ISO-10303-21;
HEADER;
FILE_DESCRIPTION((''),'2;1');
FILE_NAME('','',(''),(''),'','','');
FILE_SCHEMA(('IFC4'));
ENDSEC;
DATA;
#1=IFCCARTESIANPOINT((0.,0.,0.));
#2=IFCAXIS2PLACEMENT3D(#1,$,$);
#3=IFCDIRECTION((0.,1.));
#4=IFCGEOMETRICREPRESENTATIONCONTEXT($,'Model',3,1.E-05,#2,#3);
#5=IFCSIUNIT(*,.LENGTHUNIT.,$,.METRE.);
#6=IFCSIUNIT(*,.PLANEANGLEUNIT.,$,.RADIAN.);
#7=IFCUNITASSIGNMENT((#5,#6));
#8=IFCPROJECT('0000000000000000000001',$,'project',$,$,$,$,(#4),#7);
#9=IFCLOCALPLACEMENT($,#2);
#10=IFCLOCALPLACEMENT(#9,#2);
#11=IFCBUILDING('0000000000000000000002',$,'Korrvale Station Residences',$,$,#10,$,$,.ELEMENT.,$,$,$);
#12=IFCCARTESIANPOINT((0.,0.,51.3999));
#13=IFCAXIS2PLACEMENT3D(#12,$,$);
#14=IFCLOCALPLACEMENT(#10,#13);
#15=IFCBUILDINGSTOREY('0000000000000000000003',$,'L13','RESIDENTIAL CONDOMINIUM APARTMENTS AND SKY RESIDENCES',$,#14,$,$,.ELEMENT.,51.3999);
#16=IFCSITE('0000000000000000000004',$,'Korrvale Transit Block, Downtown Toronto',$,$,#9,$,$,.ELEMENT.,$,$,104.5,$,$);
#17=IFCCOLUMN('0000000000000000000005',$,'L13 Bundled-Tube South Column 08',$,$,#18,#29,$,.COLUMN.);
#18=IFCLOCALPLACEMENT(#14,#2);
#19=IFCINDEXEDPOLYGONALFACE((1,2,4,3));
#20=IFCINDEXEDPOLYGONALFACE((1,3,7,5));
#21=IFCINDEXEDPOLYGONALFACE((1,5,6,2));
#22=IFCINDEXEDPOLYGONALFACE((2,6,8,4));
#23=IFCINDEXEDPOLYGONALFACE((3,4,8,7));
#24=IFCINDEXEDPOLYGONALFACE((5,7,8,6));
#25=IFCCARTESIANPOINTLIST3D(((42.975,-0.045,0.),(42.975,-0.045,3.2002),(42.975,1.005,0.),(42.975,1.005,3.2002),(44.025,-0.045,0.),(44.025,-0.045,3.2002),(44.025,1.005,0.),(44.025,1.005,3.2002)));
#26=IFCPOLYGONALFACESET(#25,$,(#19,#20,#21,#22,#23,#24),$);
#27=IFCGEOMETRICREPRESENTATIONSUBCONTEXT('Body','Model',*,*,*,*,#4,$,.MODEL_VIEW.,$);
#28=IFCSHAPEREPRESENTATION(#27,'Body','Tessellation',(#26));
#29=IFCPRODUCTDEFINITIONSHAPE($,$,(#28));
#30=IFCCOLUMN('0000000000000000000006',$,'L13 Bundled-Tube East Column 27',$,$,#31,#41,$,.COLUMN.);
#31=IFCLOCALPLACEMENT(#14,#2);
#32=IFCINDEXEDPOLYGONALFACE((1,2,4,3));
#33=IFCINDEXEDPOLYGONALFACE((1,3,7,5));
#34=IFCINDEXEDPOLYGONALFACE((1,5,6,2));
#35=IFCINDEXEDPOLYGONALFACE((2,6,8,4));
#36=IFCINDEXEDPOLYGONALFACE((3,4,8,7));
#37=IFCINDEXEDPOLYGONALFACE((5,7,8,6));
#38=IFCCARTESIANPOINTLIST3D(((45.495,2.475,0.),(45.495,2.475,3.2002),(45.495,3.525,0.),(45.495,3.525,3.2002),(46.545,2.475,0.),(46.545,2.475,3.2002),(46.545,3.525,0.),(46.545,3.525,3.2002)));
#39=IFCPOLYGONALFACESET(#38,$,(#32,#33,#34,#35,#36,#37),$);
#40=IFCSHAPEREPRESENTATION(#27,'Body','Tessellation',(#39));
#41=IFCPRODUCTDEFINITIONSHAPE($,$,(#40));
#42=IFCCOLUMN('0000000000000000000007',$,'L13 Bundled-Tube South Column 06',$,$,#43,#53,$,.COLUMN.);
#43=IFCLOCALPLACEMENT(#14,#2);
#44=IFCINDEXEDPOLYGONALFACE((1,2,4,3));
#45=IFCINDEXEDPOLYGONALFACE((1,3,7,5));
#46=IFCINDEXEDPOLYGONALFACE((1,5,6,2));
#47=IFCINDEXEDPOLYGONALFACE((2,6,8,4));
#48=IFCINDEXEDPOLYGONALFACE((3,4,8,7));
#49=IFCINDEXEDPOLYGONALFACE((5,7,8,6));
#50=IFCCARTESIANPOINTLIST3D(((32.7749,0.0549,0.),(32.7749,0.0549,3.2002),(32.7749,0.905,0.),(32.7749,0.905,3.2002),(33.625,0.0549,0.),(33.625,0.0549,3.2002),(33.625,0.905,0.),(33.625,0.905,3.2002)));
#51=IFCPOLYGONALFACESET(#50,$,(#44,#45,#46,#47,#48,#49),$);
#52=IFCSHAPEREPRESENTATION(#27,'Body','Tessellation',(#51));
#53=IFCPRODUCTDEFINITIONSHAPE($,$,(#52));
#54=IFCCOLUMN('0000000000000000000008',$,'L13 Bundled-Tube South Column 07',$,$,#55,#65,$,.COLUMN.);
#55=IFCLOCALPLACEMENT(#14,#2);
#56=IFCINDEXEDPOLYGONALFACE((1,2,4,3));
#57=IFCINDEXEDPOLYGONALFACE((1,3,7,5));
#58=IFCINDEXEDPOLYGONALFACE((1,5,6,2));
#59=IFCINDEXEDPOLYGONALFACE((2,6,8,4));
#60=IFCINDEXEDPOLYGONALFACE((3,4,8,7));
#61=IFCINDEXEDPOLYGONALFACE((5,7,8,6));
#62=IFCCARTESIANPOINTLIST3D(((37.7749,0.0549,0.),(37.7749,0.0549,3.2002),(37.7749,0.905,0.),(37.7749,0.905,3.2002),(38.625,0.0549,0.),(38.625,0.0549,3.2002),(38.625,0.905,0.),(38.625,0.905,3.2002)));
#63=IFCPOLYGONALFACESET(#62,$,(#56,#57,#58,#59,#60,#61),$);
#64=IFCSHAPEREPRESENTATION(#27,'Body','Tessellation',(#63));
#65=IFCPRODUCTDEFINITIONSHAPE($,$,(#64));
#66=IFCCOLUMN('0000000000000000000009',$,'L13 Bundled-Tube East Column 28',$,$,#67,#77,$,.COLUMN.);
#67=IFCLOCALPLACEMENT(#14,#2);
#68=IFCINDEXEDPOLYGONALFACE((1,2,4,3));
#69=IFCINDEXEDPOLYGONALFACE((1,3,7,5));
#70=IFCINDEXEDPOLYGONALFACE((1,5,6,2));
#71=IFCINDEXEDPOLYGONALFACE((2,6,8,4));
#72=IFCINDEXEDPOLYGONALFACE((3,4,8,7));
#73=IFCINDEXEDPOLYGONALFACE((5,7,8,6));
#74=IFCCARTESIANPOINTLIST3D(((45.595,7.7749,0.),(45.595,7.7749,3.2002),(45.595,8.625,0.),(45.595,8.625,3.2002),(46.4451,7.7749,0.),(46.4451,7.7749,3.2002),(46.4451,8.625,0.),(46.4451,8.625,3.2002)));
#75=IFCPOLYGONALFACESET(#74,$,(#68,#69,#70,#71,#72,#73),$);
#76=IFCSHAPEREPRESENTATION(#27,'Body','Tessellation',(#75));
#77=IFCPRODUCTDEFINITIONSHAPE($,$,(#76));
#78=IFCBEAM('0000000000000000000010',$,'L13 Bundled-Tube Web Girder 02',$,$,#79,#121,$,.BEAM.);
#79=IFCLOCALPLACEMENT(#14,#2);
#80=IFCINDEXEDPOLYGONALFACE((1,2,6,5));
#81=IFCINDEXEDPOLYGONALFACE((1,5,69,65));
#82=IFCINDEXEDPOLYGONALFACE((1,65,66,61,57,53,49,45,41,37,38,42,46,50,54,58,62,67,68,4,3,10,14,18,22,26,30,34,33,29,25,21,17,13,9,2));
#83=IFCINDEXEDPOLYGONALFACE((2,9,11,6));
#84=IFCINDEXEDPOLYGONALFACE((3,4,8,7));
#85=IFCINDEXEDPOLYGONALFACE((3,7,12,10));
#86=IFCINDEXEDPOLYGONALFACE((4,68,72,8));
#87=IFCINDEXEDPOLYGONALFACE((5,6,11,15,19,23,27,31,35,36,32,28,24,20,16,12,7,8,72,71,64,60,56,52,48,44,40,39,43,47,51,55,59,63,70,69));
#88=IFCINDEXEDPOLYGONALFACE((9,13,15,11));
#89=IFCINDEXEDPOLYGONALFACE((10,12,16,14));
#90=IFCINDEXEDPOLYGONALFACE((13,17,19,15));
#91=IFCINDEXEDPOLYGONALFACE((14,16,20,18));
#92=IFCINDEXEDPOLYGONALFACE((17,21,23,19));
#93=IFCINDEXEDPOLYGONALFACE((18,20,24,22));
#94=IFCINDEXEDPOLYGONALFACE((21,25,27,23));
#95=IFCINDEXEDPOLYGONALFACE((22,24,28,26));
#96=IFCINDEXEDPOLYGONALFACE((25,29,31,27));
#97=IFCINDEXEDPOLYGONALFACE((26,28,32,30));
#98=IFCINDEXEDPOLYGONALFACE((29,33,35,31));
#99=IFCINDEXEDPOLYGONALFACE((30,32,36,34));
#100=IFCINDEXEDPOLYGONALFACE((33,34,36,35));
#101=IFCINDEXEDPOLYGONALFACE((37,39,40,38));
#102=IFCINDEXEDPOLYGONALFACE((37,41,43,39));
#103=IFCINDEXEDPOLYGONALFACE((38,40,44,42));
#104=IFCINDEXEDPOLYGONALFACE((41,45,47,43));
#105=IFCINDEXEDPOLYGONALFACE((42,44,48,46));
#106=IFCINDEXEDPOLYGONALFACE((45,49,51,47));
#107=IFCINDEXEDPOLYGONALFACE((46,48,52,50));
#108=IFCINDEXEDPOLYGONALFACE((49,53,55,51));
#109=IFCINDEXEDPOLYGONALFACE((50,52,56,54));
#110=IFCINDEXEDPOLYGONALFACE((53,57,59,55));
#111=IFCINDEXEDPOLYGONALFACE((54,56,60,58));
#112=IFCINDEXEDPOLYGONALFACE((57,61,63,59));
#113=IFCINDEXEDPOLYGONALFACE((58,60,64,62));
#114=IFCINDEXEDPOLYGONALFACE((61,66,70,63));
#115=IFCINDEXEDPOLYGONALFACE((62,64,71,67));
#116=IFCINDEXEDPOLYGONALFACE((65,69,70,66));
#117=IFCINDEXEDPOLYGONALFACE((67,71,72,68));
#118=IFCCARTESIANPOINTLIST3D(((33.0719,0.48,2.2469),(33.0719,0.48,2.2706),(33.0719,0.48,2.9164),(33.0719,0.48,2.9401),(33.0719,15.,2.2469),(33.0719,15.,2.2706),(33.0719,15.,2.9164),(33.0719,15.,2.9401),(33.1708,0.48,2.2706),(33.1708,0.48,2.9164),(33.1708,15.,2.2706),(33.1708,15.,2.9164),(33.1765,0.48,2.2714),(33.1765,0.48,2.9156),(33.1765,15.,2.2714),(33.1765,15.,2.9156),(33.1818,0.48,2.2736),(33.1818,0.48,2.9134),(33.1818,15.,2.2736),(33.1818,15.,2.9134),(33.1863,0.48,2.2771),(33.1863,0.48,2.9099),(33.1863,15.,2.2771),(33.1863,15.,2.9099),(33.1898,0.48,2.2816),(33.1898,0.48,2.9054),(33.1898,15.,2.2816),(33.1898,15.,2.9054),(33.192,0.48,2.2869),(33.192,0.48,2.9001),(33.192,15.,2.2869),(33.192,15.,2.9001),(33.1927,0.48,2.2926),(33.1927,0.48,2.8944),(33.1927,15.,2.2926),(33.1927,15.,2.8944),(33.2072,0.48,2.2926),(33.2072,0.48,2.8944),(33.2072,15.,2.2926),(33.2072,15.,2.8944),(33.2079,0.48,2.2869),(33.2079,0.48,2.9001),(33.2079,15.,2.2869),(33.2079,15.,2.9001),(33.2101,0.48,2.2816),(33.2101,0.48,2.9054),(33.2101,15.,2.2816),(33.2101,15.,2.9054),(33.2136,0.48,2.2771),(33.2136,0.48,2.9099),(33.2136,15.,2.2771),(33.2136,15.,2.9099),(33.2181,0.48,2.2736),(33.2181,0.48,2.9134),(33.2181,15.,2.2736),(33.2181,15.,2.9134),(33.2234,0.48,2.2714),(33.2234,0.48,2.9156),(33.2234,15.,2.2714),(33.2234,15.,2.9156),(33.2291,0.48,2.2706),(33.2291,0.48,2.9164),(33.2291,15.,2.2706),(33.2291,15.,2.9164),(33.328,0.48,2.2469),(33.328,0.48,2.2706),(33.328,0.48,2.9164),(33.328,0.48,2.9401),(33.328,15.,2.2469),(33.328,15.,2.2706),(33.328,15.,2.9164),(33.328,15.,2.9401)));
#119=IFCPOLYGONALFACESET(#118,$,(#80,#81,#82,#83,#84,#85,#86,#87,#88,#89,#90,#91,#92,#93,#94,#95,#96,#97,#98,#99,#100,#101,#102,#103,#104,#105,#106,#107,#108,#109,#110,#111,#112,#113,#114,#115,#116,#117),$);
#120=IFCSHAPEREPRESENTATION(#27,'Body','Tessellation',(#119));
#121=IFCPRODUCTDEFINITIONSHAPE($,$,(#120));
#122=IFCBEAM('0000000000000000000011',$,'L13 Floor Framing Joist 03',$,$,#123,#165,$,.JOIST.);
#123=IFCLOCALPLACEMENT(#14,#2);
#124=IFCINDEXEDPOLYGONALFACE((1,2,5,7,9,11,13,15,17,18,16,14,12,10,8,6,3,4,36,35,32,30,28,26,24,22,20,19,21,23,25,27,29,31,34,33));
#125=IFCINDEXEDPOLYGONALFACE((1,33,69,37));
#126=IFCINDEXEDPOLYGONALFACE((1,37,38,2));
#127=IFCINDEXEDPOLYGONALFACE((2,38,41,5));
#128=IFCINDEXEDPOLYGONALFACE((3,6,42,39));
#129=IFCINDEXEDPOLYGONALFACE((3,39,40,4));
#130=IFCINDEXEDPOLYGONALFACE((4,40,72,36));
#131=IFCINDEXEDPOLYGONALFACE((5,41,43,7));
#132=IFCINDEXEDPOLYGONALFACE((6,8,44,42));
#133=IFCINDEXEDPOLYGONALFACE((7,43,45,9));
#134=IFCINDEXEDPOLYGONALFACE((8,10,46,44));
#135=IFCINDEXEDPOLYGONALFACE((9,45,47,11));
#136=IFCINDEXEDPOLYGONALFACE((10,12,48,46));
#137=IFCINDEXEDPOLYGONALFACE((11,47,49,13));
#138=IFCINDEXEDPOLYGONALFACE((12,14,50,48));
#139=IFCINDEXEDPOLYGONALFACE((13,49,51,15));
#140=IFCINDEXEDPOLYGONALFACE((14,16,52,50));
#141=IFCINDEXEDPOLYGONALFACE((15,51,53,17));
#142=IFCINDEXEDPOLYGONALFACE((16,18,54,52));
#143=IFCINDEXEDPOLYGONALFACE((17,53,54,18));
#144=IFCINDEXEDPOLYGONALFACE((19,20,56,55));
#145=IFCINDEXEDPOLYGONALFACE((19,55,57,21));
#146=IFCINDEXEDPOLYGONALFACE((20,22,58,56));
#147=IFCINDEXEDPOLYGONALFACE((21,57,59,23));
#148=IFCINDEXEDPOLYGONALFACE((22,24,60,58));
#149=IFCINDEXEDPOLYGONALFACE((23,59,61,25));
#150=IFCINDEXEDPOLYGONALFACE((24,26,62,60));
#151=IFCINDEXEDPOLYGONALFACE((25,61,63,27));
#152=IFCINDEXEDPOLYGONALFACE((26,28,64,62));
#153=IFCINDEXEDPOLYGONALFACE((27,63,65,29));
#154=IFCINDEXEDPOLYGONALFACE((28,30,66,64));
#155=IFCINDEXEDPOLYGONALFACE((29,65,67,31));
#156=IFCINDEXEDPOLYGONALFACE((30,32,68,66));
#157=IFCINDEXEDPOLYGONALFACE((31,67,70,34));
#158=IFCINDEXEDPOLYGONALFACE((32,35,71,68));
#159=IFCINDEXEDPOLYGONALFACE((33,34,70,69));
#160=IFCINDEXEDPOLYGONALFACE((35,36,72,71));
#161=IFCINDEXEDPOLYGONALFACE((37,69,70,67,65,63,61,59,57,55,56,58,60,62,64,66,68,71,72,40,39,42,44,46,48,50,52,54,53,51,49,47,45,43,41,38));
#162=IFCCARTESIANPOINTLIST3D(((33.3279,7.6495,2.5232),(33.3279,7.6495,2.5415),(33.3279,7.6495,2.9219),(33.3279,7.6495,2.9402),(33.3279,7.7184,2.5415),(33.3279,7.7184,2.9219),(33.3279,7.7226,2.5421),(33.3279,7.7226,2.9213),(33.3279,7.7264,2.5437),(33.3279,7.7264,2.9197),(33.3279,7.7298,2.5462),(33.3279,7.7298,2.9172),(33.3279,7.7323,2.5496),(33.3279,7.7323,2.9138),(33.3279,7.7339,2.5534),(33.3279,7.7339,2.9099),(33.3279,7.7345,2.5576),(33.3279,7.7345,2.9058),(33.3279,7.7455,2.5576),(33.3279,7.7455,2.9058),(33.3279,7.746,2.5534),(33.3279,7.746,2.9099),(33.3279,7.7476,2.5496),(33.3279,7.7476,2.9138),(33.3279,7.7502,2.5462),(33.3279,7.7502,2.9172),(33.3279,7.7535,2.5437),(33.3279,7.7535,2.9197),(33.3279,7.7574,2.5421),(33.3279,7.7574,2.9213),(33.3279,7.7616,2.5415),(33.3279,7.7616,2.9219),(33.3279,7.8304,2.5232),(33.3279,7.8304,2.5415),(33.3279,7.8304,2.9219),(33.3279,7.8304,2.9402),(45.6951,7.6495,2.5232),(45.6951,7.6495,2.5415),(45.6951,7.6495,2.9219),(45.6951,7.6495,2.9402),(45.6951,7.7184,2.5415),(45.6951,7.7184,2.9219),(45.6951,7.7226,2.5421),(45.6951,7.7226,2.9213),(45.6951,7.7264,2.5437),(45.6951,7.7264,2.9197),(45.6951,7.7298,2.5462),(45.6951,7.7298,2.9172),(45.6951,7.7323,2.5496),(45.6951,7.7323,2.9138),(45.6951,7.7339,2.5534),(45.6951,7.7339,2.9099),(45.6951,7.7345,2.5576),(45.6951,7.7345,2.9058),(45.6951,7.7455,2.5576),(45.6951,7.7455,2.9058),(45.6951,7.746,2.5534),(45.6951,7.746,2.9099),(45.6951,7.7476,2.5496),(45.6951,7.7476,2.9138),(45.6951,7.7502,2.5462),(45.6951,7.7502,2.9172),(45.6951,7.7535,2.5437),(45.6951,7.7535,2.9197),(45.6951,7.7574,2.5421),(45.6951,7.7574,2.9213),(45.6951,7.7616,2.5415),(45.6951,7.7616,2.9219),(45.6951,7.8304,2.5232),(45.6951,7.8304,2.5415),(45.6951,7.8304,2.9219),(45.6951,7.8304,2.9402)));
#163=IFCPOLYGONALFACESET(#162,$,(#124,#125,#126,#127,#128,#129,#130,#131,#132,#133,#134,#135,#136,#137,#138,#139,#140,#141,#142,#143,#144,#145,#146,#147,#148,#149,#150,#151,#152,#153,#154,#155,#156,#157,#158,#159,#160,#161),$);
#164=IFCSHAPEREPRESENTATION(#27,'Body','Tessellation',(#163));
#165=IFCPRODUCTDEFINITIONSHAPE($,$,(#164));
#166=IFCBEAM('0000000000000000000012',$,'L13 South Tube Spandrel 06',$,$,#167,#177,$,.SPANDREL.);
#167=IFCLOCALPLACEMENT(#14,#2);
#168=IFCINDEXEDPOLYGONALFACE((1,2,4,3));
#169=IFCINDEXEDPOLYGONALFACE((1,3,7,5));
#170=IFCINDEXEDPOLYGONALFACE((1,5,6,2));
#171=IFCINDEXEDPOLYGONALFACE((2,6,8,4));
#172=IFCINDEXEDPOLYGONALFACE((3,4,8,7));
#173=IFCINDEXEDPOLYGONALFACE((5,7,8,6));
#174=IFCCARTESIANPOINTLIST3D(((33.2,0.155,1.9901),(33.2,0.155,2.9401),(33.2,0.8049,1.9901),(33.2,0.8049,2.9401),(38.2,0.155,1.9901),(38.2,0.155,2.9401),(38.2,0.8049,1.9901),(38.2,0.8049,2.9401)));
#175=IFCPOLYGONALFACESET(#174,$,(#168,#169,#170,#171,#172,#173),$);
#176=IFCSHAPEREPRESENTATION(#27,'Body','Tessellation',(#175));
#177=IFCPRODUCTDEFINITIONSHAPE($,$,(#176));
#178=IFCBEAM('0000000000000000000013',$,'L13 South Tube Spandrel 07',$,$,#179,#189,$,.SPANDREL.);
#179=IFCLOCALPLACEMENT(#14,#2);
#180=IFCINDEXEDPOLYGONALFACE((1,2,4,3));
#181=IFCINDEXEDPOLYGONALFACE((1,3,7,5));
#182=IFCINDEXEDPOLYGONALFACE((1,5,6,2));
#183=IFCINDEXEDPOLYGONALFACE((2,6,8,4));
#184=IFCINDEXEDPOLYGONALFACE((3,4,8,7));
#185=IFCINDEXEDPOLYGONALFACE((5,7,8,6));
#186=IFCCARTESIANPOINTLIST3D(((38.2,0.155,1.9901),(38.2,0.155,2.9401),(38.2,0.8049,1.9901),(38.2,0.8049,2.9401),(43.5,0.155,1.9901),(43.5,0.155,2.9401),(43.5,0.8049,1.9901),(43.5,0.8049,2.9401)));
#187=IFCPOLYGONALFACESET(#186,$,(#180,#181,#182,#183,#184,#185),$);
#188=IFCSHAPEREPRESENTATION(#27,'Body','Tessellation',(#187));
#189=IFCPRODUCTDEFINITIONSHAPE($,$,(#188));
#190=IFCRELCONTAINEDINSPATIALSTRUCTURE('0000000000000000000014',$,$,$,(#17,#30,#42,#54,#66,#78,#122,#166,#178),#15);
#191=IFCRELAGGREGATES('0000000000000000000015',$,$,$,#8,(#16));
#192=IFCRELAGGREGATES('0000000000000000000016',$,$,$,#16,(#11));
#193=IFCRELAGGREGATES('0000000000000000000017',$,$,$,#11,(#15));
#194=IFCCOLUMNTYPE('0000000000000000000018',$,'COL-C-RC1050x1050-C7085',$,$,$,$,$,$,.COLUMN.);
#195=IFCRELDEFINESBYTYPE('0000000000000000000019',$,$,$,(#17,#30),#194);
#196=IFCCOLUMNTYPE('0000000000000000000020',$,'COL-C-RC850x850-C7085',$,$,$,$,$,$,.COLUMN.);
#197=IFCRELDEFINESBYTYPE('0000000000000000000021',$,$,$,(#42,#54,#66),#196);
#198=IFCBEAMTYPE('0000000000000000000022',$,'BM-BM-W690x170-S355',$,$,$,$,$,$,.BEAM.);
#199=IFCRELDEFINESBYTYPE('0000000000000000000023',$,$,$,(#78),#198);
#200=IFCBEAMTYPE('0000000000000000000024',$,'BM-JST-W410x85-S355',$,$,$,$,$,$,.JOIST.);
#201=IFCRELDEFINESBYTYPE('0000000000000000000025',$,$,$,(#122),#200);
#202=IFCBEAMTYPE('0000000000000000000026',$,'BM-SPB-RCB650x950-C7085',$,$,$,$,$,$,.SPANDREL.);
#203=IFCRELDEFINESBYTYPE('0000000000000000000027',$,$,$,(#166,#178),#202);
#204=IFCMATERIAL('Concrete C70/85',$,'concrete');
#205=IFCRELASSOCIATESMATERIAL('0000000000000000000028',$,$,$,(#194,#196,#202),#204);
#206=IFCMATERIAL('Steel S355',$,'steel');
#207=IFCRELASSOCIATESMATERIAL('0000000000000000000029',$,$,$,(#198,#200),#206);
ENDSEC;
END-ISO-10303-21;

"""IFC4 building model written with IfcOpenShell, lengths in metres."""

from ifc_helpers import new_model, si_unit, direction, frame, origin, origin_2d, place, context, subcontext, project, spatial, rectangle, i_section, extrude, material, material_profile, profile_set, type_object, element, save


model = new_model("IFC4")

# Units and contexts
model_context = context("Model", 3, precision=1e-05, world=origin(), true_north=direction((0.0, 1.0)))
body_context = subcontext(model_context, "Body", "Model", "MODEL_VIEW")
ifc_project = project(units=[si_unit("LENGTHUNIT", "METRE"), si_unit("PLANEANGLEUNIT", "RADIAN")], contexts=[model_context])

# Site, building, storey
site_placement = place(None, origin())
site = spatial("IfcSite", under=ifc_project, at=site_placement, Name="Korrvale Transit Block, Downtown Toronto", CompositionType="ELEMENT", RefElevation=104.5)
building_placement = place(site_placement, origin())
building = spatial("IfcBuilding", under=site, at=building_placement, Name="Korrvale Station Residences", CompositionType="ELEMENT")
storey_placement = place(building_placement, frame((0.0, 0.0, 51.3999)))
storey = spatial("IfcBuildingStorey", under=building, at=storey_placement, Name="L13", Description="RESIDENTIAL CONDOMINIUM APARTMENTS AND SKY RESIDENCES", CompositionType="ELEMENT", Elevation=51.3999)

# Columns
ifc_material_1 = material(Name="Concrete C70/85", Category="concrete")
ifc_material_profile_1 = material_profile(ifc_material_1, rectangle(XDim=1.05, YDim=1.05, at=origin_2d()), Name="RC1050x1050")
ifc_profile_set_1 = profile_set([ifc_material_profile_1], Name="Concrete C70/85")
column_type_1 = type_object("IfcColumnType", Name="COL-C-RC1050x1050-C7085", PredefinedType="COLUMN", material=ifc_profile_set_1)
for number, where, z_axis, x_axis, name in (
    (1, (43.5, 0.48, 0.0), (0.0, 0.0, 1.0), (1.0, 0.0, 0.0), "L13 Bundled-Tube South Column 08"),
    (2, (46.02, 3.0, 0.0), (0.0, 0.0, 1.0), (1.0, 0.0, 0.0), "L13 Bundled-Tube East Column 27"),
):
    element("IfcColumn", number, at=place(storey_placement, frame(where, z_axis=z_axis, x_axis=x_axis)), inside=storey, type_object=column_type_1, Name=name, PredefinedType="COLUMN", context=body_context, shape_type="SweptSolid", body=[
        extrude(rectangle(XDim=1.05, YDim=1.05, at=origin_2d()), origin(), (0.0, 0.0, 1.0), 3.2002),
    ])
ifc_material_profile_2 = material_profile(ifc_material_1, rectangle(XDim=0.8501, YDim=0.8501, at=origin_2d()), Name="RC850x850")
ifc_profile_set_2 = profile_set([ifc_material_profile_2], Name="Concrete C70/85")
column_type_2 = type_object("IfcColumnType", Name="COL-C-RC850x850-C7085", PredefinedType="COLUMN", material=ifc_profile_set_2)
for number, where, z_axis, x_axis, name in (
    (3, (33.2, 0.48, 0.0), (0.0, 0.0, 1.0), (1.0, 0.0, 0.0), "L13 Bundled-Tube South Column 06"),
    (4, (38.2, 0.48, 0.0), (0.0, 0.0, 1.0), (1.0, 0.0, 0.0), "L13 Bundled-Tube South Column 07"),
    (5, (46.02, 8.2, 0.0), (0.0, 0.0, 1.0), (1.0, 0.0, 0.0), "L13 Bundled-Tube East Column 28"),
):
    element("IfcColumn", number, at=place(storey_placement, frame(where, z_axis=z_axis, x_axis=x_axis)), inside=storey, type_object=column_type_2, Name=name, PredefinedType="COLUMN", context=body_context, shape_type="SweptSolid", body=[
        extrude(rectangle(XDim=0.8501, YDim=0.8501, at=origin_2d()), origin(), (0.0, 0.0, 1.0), 3.2002),
    ])

# Beams
ifc_material_2 = material(Name="Steel S355", Category="steel")
ifc_material_profile_3 = material_profile(ifc_material_2, i_section(OverallWidth=0.2561, OverallDepth=0.6931, WebThickness=0.0144, FlangeThickness=0.0237, FilletRadius=0.022, at=origin_2d()), Name="W690x170")
ifc_profile_set_3 = profile_set([ifc_material_profile_3], Name="Steel S355")
beam_type_1 = type_object("IfcBeamType", Name="BM-BM-W690x170-S355", PredefinedType="BEAM", material=ifc_profile_set_3)
beam_1_placement = place(storey_placement, frame((33.2, 0.48, 2.5935), z_axis=(0.0, 1.0, 0.0), x_axis=(-1.0, 0.0, 0.0)))
element("IfcBeam", 6, at=beam_1_placement, inside=storey, type_object=beam_type_1, Name="L13 Bundled-Tube Web Girder 02", PredefinedType="BEAM", context=body_context, shape_type="SweptSolid", body=[
    extrude(i_section(OverallWidth=0.2561, OverallDepth=0.6931, WebThickness=0.0144, FlangeThickness=0.0237, FilletRadius=0.022, at=origin_2d()), origin(), (0.0, 0.0, 1.0), 14.52),
])
ifc_material_profile_4 = material_profile(ifc_material_2, i_section(OverallWidth=0.1809, OverallDepth=0.417, WebThickness=0.011, FlangeThickness=0.0183, FilletRadius=0.0161, at=origin_2d()), Name="W410x85")
ifc_profile_set_4 = profile_set([ifc_material_profile_4], Name="Steel S355")
beam_type_2 = type_object("IfcBeamType", Name="BM-JST-W410x85-S355", PredefinedType="JOIST", material=ifc_profile_set_4)
beam_2_placement = place(storey_placement, frame((33.3279, 7.74, 2.7317), z_axis=(1.0, 0.0, 0.0), x_axis=(0.0, 1.0, 0.0)))
element("IfcBeam", 7, at=beam_2_placement, inside=storey, type_object=beam_type_2, Name="L13 Floor Framing Joist 03", PredefinedType="JOIST", context=body_context, shape_type="SweptSolid", body=[
    extrude(i_section(OverallWidth=0.1809, OverallDepth=0.417, WebThickness=0.011, FlangeThickness=0.0183, FilletRadius=0.0161, at=origin_2d()), origin(), (0.0, 0.0, 1.0), 12.3672),
])
ifc_material_profile_5 = material_profile(ifc_material_1, rectangle(XDim=0.6499, YDim=0.95, at=origin_2d()), Name="RCB650x950")
ifc_profile_set_5 = profile_set([ifc_material_profile_5], Name="Concrete C70/85")
beam_type_3 = type_object("IfcBeamType", Name="BM-SPB-RCB650x950-C7085", PredefinedType="SPANDREL", material=ifc_profile_set_5)
beam_3_placement = place(storey_placement, frame((33.2, 0.48, 2.4651), z_axis=(1.0, 0.0, 0.0), x_axis=(0.0, 1.0, 0.0)))
element("IfcBeam", 8, at=beam_3_placement, inside=storey, type_object=beam_type_3, Name="L13 South Tube Spandrel 06", PredefinedType="SPANDREL", context=body_context, shape_type="SweptSolid", body=[
    extrude(rectangle(XDim=0.6499, YDim=0.95, at=origin_2d()), origin(), (0.0, 0.0, 1.0), 5.0),
])
beam_4_placement = place(storey_placement, frame((38.2, 0.48, 2.4651), z_axis=(1.0, 0.0, 0.0), x_axis=(0.0, 1.0, 0.0)))
element("IfcBeam", 9, at=beam_4_placement, inside=storey, type_object=beam_type_3, Name="L13 South Tube Spandrel 07", PredefinedType="SPANDREL", context=body_context, shape_type="SweptSolid", body=[
    extrude(rectangle(XDim=0.6499, YDim=0.95, at=origin_2d()), origin(), (0.0, 0.0, 1.0), 5.3),
])

save(model, "model.ifc")
